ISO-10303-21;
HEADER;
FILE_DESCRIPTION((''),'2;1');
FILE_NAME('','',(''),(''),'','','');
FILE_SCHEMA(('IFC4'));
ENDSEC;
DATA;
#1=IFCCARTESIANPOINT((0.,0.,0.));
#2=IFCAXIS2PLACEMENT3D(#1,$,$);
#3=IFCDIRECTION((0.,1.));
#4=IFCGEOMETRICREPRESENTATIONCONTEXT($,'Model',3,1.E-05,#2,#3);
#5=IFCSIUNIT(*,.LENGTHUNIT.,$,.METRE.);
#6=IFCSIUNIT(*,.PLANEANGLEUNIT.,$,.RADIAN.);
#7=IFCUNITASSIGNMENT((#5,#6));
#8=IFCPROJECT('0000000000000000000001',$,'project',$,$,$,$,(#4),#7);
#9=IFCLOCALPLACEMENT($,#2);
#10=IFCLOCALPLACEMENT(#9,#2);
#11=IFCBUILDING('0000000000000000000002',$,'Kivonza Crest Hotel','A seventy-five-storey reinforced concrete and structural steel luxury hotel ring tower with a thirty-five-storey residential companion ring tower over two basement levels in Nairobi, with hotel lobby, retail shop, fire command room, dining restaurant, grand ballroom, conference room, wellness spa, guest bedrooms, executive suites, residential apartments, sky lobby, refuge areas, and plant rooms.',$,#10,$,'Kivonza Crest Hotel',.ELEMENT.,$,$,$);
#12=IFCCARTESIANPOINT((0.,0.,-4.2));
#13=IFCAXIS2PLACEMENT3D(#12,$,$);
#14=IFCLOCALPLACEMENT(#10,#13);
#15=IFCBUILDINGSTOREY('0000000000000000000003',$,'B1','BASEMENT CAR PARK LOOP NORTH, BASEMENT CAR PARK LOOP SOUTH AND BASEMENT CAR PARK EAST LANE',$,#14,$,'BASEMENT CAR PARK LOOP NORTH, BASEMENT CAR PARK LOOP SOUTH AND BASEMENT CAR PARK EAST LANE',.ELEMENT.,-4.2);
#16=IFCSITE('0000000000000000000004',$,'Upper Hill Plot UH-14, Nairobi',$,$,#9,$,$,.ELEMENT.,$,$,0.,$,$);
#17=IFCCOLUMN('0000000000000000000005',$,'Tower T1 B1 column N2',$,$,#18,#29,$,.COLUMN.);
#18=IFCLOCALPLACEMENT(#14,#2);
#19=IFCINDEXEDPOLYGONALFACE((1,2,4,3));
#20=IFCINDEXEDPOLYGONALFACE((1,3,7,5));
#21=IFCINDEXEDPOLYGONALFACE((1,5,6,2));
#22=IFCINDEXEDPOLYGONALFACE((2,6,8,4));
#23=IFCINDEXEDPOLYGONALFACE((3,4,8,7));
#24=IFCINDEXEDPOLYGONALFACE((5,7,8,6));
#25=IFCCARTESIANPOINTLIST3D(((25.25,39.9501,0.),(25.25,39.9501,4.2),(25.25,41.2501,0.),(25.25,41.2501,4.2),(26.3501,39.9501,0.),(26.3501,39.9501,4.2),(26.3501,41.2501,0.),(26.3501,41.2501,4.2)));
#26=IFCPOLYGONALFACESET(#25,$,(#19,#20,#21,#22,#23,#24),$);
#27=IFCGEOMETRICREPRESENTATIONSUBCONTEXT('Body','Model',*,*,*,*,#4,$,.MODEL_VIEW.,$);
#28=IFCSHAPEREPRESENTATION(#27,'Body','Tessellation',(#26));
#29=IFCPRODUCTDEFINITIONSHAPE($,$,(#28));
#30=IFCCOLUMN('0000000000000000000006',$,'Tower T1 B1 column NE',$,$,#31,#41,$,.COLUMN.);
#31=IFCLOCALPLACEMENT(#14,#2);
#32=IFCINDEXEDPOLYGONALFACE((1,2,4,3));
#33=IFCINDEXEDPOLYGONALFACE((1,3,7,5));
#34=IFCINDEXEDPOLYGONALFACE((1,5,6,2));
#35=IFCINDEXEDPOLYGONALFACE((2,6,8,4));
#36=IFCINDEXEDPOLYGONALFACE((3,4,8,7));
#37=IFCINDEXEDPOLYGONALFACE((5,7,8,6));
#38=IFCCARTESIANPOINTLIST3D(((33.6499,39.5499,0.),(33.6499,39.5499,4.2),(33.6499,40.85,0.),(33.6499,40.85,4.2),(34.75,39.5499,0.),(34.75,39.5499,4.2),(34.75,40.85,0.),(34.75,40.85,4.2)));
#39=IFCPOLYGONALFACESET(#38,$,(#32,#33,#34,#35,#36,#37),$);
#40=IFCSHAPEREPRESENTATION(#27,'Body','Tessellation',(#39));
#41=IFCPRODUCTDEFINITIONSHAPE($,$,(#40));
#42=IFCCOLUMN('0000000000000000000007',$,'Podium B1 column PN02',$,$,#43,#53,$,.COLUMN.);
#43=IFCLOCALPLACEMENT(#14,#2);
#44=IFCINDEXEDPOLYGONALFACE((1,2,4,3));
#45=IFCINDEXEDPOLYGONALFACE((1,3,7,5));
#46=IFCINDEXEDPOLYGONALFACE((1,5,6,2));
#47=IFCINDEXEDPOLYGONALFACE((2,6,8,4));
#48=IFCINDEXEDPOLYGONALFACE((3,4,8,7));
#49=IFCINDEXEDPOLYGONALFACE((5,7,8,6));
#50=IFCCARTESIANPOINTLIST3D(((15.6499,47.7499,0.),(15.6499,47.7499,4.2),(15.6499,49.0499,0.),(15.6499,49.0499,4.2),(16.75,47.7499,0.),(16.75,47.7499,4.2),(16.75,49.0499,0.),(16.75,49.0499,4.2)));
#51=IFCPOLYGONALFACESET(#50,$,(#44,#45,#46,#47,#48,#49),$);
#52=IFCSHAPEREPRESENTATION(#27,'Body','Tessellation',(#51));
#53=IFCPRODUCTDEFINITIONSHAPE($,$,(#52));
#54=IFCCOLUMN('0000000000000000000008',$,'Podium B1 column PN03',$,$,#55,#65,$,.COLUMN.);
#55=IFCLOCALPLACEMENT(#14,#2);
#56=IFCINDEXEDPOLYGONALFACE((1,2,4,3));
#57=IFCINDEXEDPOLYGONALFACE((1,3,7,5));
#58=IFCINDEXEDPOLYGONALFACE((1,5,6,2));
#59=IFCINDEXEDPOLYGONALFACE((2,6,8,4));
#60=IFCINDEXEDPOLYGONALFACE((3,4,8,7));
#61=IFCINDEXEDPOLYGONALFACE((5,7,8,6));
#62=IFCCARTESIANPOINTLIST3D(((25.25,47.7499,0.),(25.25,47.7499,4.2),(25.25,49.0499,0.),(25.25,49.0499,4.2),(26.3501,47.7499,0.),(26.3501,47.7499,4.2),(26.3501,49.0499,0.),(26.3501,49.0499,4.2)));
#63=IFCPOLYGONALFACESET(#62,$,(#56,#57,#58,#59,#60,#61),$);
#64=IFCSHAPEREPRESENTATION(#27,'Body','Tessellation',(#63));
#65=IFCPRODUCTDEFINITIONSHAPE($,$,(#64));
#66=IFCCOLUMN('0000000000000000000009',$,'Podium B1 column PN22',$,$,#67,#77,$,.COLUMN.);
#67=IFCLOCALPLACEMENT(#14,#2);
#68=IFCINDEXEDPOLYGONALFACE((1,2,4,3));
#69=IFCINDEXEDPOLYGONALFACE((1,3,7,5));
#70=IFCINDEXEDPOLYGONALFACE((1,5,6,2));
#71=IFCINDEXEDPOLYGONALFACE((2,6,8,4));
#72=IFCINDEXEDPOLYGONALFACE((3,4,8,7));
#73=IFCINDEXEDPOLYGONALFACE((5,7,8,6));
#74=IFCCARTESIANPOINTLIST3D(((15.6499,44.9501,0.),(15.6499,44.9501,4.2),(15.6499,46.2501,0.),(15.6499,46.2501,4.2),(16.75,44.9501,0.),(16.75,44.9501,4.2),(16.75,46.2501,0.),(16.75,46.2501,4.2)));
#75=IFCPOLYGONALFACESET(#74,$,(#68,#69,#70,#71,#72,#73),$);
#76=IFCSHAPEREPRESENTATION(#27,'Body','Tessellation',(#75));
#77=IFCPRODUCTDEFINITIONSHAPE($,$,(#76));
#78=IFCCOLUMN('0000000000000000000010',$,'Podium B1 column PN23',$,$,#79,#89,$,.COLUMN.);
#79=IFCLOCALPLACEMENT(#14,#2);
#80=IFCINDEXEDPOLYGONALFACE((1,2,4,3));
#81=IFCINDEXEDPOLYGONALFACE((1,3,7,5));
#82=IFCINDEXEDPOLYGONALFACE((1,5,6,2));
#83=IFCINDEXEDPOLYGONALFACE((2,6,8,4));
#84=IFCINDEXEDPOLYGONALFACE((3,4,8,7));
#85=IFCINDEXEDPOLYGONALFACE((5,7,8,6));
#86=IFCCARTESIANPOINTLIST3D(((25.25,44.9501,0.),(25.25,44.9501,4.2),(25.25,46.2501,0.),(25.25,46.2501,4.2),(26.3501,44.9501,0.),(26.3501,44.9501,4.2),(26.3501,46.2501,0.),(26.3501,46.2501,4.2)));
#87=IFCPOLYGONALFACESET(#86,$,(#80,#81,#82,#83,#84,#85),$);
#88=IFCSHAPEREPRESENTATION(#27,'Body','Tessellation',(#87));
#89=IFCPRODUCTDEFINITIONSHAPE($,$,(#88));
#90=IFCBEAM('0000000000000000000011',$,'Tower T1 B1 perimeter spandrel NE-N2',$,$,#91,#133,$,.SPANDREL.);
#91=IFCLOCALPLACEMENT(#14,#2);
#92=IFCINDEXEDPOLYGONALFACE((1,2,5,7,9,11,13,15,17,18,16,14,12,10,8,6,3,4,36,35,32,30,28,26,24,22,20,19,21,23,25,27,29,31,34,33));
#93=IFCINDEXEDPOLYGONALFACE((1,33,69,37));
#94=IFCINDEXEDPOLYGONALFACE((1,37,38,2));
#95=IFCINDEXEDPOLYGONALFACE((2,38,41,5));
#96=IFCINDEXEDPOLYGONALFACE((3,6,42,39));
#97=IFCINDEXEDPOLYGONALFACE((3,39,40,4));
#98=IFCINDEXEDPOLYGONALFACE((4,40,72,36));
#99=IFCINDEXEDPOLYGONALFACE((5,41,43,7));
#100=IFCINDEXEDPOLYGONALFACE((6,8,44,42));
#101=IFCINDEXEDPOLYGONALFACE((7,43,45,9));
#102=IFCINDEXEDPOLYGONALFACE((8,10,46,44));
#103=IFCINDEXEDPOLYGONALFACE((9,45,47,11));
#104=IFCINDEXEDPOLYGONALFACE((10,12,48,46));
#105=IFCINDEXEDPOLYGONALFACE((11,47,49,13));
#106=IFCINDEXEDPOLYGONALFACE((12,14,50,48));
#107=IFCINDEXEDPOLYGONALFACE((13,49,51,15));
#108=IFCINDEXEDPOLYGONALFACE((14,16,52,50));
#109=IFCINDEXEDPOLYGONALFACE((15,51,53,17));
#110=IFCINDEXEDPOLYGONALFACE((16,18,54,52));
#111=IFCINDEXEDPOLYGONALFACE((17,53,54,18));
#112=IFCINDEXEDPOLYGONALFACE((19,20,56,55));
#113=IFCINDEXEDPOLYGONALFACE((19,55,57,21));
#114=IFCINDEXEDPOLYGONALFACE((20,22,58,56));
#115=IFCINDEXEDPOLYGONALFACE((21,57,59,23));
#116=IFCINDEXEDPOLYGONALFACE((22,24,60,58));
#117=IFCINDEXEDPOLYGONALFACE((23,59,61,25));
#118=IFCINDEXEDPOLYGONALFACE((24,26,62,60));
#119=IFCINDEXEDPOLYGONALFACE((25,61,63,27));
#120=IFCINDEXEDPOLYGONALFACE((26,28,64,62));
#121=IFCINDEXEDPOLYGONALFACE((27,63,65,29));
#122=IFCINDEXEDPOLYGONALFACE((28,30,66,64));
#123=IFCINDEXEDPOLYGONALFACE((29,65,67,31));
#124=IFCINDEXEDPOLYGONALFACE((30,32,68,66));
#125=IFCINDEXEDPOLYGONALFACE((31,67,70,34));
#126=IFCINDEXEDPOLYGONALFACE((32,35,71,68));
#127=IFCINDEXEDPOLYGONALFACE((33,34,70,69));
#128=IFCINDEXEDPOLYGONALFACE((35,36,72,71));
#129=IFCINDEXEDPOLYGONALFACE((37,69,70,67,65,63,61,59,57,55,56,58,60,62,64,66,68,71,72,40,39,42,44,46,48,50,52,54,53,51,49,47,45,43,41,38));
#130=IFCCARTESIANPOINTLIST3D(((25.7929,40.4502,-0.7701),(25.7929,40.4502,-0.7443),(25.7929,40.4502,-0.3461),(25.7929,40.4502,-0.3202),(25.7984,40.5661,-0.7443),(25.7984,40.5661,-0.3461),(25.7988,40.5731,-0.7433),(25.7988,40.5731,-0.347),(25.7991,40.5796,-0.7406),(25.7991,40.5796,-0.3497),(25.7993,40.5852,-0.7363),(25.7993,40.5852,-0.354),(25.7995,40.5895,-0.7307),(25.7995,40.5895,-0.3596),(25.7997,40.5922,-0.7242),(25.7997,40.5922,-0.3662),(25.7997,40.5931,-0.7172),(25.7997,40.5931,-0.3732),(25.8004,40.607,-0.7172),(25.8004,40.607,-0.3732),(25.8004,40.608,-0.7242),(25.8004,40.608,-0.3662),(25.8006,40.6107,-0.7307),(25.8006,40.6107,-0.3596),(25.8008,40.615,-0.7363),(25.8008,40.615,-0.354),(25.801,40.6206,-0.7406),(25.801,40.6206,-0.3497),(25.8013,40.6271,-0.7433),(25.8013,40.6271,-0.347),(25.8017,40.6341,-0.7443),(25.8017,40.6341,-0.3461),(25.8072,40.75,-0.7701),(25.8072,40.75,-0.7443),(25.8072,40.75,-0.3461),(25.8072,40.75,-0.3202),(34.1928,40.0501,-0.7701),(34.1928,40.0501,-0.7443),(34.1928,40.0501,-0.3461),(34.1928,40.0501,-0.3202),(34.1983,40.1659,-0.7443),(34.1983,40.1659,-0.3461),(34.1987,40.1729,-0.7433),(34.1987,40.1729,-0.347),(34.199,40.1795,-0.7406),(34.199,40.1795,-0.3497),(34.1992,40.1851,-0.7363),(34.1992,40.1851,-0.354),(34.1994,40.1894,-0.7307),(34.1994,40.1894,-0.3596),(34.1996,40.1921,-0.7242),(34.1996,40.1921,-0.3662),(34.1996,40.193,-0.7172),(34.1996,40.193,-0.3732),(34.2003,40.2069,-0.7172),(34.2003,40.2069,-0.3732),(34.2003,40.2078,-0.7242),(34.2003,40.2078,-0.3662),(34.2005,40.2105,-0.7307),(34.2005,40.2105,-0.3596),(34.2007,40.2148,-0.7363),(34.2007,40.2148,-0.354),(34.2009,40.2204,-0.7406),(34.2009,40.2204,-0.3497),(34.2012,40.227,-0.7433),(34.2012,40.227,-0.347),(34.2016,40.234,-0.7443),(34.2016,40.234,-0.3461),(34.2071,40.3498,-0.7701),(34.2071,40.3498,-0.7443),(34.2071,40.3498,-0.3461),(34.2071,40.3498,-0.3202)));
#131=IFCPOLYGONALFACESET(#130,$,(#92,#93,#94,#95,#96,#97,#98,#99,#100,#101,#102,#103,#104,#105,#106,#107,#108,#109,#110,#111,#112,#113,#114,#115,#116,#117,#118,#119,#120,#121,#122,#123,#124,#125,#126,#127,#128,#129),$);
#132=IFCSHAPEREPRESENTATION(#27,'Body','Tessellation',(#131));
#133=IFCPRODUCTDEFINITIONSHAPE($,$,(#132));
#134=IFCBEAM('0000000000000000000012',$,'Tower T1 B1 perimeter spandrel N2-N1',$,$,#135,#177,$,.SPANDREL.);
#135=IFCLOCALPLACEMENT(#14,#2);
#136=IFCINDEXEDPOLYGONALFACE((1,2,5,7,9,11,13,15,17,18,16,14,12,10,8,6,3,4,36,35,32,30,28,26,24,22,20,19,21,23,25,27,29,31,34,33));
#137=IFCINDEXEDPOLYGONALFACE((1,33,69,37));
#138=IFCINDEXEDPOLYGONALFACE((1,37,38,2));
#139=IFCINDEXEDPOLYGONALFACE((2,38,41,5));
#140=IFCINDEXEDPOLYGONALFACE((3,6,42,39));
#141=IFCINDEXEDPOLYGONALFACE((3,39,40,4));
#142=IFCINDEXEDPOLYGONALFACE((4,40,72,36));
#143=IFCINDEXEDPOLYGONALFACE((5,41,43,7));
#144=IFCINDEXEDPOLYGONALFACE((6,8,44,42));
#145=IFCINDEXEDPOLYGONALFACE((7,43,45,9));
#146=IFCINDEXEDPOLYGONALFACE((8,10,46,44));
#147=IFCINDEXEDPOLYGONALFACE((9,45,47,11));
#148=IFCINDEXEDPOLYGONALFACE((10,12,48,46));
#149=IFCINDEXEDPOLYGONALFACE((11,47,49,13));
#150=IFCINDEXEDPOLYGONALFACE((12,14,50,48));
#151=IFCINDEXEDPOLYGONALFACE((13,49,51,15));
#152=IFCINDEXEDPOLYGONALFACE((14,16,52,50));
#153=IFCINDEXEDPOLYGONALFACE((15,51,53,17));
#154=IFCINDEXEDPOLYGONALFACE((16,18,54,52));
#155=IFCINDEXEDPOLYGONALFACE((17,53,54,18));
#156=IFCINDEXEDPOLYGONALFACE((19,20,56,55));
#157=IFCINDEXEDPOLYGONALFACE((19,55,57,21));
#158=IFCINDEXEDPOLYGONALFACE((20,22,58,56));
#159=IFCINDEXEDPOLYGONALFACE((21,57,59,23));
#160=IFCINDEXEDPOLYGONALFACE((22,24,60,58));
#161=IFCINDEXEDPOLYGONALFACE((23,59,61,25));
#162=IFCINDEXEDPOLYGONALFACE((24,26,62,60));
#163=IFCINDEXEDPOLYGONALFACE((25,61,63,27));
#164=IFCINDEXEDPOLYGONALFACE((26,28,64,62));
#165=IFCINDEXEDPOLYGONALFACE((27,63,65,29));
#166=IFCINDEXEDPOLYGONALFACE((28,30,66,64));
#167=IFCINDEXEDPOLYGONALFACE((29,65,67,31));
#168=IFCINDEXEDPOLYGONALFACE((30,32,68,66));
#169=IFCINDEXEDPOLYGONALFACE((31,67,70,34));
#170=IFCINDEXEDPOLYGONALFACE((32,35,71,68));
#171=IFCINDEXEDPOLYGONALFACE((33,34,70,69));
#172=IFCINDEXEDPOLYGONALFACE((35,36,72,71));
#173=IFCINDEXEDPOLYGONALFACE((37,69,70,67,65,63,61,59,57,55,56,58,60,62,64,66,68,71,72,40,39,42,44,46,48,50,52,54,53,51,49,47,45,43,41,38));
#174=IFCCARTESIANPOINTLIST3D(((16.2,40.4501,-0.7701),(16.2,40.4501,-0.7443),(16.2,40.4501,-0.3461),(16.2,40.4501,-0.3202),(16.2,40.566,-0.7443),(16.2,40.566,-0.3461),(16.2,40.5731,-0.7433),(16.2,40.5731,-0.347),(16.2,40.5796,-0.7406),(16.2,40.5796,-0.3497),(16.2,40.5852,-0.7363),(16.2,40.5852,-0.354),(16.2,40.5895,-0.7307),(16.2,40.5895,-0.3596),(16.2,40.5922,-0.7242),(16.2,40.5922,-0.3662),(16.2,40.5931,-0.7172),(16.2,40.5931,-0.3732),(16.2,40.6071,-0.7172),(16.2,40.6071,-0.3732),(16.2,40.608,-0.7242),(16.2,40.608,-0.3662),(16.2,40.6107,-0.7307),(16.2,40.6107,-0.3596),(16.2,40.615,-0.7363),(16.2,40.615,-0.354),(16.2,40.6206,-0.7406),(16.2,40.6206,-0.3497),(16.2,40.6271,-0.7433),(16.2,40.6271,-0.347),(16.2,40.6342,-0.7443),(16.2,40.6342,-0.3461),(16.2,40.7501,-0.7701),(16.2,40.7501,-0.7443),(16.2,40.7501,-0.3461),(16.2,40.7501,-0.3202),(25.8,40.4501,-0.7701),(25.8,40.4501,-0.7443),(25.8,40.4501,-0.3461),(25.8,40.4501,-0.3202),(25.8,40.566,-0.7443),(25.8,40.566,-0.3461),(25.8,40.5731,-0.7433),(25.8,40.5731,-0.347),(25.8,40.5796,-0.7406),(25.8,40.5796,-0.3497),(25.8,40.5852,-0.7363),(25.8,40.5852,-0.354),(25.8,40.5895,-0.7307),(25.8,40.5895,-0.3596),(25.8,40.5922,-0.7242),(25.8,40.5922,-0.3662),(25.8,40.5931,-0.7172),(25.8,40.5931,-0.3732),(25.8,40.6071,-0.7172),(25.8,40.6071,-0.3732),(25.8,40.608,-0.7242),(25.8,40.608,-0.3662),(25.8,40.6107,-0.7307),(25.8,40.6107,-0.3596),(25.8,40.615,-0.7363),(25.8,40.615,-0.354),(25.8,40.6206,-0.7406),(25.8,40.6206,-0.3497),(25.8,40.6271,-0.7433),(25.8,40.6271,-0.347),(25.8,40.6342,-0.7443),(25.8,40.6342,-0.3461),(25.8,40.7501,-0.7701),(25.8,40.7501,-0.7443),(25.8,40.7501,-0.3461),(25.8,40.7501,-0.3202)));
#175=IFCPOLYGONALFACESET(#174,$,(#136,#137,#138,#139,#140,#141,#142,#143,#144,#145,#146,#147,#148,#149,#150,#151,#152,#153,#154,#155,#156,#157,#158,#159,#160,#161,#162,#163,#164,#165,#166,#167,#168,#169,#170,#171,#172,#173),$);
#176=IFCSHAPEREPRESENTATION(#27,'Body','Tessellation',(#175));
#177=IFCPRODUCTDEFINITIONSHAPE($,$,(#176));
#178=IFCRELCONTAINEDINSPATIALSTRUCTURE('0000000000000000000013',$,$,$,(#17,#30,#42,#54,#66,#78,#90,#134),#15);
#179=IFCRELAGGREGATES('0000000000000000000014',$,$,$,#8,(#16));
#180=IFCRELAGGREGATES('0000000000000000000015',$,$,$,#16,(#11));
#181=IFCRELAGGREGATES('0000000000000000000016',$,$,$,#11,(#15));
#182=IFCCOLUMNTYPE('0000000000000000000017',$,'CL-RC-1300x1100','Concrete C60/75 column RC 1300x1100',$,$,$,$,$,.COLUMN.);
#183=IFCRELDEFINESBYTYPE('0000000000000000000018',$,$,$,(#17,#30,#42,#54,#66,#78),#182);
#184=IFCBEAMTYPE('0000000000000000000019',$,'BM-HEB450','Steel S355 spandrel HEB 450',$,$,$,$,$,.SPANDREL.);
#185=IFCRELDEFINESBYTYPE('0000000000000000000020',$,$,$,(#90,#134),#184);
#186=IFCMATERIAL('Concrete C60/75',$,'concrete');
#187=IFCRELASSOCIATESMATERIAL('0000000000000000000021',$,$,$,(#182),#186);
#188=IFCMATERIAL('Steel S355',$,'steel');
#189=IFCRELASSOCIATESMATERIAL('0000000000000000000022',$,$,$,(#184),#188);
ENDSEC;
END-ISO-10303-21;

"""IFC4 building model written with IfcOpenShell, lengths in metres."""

from ifc_helpers import new_model, si_unit, direction, frame, origin, origin_2d, place, context, subcontext, project, spatial, rectangle, i_section, extrude, material, material_profile, profile_set, type_object, element, save


model = new_model("IFC4")

# Units and contexts
model_context = context("Model", 3, precision=1e-05, world=origin(), true_north=direction((0.0, 1.0)))
body_context = subcontext(model_context, "Body", "Model", "MODEL_VIEW")
ifc_project = project(units=[si_unit("LENGTHUNIT", "METRE"), si_unit("PLANEANGLEUNIT", "RADIAN")], contexts=[model_context])

# Site, building, storey
site_placement = place(None, origin())
site = spatial("IfcSite", under=ifc_project, at=site_placement, Name="Upper Hill Plot UH-14, Nairobi", CompositionType="ELEMENT", RefElevation=0.0)
building_placement = place(site_placement, origin())
building = spatial("IfcBuilding", under=site, at=building_placement, Name="Kivonza Crest Hotel", Description="A seventy-five-storey reinforced concrete and structural steel luxury hotel ring tower with a thirty-five-storey residential companion ring tower over two basement levels in Nairobi, with hotel lobby, retail shop, fire command room, dining restaurant, grand ballroom, conference room, wellness spa, guest bedrooms, executive suites, residential apartments, sky lobby, refuge areas, and plant rooms.", LongName="Kivonza Crest Hotel", CompositionType="ELEMENT")
storey_placement = place(building_placement, frame((0.0, 0.0, -4.2)))
storey = spatial("IfcBuildingStorey", under=building, at=storey_placement, Name="B1", Description="BASEMENT CAR PARK LOOP NORTH, BASEMENT CAR PARK LOOP SOUTH AND BASEMENT CAR PARK EAST LANE", LongName="BASEMENT CAR PARK LOOP NORTH, BASEMENT CAR PARK LOOP SOUTH AND BASEMENT CAR PARK EAST LANE", CompositionType="ELEMENT", Elevation=-4.2)

# Columns
ifc_material_1 = material(Name="Concrete C60/75", Category="concrete")
ifc_material_profile_1 = material_profile(ifc_material_1, rectangle(XDim=1.1001, YDim=1.3, at=origin_2d()), Name="RC 1300x1100")
ifc_profile_set_1 = profile_set([ifc_material_profile_1], Name="Concrete C60/75")
column_type = type_object("IfcColumnType", Name="CL-RC-1300x1100", Description="Concrete C60/75 column RC 1300x1100", PredefinedType="COLUMN", material=ifc_profile_set_1)
for number, where, z_axis, x_axis, name in (
    (1, (25.8, 40.6001, 0.0), (0.0, 0.0, 1.0), (1.0, 0.0, 0.0), "Tower T1 B1 column N2"),
    (2, (34.2, 40.2, 0.0), (0.0, 0.0, 1.0), (1.0, 0.0, 0.0), "Tower T1 B1 column NE"),
    (3, (16.2, 48.3999, 0.0), (0.0, 0.0, 1.0), (1.0, 0.0, 0.0), "Podium B1 column PN02"),
    (4, (25.8, 48.3999, 0.0), (0.0, 0.0, 1.0), (1.0, 0.0, 0.0), "Podium B1 column PN03"),
    (5, (16.2, 45.6001, 0.0), (0.0, 0.0, 1.0), (1.0, 0.0, 0.0), "Podium B1 column PN22"),
    (6, (25.8, 45.6001, 0.0), (0.0, 0.0, 1.0), (1.0, 0.0, 0.0), "Podium B1 column PN23"),
):
    element("IfcColumn", number, at=place(storey_placement, frame(where, z_axis=z_axis, x_axis=x_axis)), inside=storey, type_object=column_type, Name=name, PredefinedType="COLUMN", context=body_context, shape_type="SweptSolid", body=[
        extrude(rectangle(XDim=1.1001, YDim=1.3, at=origin_2d()), origin(), (0.0, 0.0, 1.0), 4.2),
    ])

# Beams
ifc_material_2 = material(Name="Steel S355", Category="steel")
ifc_material_profile_2 = material_profile(ifc_material_2, i_section(OverallWidth=0.3, OverallDepth=0.45, WebThickness=0.0139, FlangeThickness=0.0259, FilletRadius=0.0271, at=origin_2d()), Name="HEB 450")
ifc_profile_set_2 = profile_set([ifc_material_profile_2], Name="Steel S355")
beam_type_1 = type_object("IfcBeamType", Name="BM-HEB450", Description="Steel S355 spandrel HEB 450", PredefinedType="SPANDREL", material=ifc_profile_set_2)
beam_1_placement = place(storey_placement, frame((34.2, 40.2, -0.5452), z_axis=(-0.998867, 0.047583, 0.0), x_axis=(-0.047583, -0.998867, 0.0)))
element("IfcBeam", 7, at=beam_1_placement, inside=storey, type_object=beam_type_1, Name="Tower T1 B1 perimeter spandrel NE-N2", PredefinedType="SPANDREL", context=body_context, shape_type="SweptSolid", body=[
    extrude(i_section(OverallWidth=0.3, OverallDepth=0.45, WebThickness=0.0139, FlangeThickness=0.0259, FilletRadius=0.0271, at=origin_2d()), origin(), (0.0, 0.0, 1.0), 8.4094),
])
beam_2_placement = place(storey_placement, frame((25.8, 40.6001, -0.5452), z_axis=(-1.0, 0.0, 0.0), x_axis=(0.0, -1.0, 0.0)))
element("IfcBeam", 8, at=beam_2_placement, inside=storey, type_object=beam_type_1, Name="Tower T1 B1 perimeter spandrel N2-N1", PredefinedType="SPANDREL", context=body_context, shape_type="SweptSolid", body=[
    extrude(i_section(OverallWidth=0.3, OverallDepth=0.45, WebThickness=0.0139, FlangeThickness=0.0259, FilletRadius=0.0271, at=origin_2d()), origin(), (0.0, 0.0, 1.0), 9.6001),
])

save(model, "model.ifc")
